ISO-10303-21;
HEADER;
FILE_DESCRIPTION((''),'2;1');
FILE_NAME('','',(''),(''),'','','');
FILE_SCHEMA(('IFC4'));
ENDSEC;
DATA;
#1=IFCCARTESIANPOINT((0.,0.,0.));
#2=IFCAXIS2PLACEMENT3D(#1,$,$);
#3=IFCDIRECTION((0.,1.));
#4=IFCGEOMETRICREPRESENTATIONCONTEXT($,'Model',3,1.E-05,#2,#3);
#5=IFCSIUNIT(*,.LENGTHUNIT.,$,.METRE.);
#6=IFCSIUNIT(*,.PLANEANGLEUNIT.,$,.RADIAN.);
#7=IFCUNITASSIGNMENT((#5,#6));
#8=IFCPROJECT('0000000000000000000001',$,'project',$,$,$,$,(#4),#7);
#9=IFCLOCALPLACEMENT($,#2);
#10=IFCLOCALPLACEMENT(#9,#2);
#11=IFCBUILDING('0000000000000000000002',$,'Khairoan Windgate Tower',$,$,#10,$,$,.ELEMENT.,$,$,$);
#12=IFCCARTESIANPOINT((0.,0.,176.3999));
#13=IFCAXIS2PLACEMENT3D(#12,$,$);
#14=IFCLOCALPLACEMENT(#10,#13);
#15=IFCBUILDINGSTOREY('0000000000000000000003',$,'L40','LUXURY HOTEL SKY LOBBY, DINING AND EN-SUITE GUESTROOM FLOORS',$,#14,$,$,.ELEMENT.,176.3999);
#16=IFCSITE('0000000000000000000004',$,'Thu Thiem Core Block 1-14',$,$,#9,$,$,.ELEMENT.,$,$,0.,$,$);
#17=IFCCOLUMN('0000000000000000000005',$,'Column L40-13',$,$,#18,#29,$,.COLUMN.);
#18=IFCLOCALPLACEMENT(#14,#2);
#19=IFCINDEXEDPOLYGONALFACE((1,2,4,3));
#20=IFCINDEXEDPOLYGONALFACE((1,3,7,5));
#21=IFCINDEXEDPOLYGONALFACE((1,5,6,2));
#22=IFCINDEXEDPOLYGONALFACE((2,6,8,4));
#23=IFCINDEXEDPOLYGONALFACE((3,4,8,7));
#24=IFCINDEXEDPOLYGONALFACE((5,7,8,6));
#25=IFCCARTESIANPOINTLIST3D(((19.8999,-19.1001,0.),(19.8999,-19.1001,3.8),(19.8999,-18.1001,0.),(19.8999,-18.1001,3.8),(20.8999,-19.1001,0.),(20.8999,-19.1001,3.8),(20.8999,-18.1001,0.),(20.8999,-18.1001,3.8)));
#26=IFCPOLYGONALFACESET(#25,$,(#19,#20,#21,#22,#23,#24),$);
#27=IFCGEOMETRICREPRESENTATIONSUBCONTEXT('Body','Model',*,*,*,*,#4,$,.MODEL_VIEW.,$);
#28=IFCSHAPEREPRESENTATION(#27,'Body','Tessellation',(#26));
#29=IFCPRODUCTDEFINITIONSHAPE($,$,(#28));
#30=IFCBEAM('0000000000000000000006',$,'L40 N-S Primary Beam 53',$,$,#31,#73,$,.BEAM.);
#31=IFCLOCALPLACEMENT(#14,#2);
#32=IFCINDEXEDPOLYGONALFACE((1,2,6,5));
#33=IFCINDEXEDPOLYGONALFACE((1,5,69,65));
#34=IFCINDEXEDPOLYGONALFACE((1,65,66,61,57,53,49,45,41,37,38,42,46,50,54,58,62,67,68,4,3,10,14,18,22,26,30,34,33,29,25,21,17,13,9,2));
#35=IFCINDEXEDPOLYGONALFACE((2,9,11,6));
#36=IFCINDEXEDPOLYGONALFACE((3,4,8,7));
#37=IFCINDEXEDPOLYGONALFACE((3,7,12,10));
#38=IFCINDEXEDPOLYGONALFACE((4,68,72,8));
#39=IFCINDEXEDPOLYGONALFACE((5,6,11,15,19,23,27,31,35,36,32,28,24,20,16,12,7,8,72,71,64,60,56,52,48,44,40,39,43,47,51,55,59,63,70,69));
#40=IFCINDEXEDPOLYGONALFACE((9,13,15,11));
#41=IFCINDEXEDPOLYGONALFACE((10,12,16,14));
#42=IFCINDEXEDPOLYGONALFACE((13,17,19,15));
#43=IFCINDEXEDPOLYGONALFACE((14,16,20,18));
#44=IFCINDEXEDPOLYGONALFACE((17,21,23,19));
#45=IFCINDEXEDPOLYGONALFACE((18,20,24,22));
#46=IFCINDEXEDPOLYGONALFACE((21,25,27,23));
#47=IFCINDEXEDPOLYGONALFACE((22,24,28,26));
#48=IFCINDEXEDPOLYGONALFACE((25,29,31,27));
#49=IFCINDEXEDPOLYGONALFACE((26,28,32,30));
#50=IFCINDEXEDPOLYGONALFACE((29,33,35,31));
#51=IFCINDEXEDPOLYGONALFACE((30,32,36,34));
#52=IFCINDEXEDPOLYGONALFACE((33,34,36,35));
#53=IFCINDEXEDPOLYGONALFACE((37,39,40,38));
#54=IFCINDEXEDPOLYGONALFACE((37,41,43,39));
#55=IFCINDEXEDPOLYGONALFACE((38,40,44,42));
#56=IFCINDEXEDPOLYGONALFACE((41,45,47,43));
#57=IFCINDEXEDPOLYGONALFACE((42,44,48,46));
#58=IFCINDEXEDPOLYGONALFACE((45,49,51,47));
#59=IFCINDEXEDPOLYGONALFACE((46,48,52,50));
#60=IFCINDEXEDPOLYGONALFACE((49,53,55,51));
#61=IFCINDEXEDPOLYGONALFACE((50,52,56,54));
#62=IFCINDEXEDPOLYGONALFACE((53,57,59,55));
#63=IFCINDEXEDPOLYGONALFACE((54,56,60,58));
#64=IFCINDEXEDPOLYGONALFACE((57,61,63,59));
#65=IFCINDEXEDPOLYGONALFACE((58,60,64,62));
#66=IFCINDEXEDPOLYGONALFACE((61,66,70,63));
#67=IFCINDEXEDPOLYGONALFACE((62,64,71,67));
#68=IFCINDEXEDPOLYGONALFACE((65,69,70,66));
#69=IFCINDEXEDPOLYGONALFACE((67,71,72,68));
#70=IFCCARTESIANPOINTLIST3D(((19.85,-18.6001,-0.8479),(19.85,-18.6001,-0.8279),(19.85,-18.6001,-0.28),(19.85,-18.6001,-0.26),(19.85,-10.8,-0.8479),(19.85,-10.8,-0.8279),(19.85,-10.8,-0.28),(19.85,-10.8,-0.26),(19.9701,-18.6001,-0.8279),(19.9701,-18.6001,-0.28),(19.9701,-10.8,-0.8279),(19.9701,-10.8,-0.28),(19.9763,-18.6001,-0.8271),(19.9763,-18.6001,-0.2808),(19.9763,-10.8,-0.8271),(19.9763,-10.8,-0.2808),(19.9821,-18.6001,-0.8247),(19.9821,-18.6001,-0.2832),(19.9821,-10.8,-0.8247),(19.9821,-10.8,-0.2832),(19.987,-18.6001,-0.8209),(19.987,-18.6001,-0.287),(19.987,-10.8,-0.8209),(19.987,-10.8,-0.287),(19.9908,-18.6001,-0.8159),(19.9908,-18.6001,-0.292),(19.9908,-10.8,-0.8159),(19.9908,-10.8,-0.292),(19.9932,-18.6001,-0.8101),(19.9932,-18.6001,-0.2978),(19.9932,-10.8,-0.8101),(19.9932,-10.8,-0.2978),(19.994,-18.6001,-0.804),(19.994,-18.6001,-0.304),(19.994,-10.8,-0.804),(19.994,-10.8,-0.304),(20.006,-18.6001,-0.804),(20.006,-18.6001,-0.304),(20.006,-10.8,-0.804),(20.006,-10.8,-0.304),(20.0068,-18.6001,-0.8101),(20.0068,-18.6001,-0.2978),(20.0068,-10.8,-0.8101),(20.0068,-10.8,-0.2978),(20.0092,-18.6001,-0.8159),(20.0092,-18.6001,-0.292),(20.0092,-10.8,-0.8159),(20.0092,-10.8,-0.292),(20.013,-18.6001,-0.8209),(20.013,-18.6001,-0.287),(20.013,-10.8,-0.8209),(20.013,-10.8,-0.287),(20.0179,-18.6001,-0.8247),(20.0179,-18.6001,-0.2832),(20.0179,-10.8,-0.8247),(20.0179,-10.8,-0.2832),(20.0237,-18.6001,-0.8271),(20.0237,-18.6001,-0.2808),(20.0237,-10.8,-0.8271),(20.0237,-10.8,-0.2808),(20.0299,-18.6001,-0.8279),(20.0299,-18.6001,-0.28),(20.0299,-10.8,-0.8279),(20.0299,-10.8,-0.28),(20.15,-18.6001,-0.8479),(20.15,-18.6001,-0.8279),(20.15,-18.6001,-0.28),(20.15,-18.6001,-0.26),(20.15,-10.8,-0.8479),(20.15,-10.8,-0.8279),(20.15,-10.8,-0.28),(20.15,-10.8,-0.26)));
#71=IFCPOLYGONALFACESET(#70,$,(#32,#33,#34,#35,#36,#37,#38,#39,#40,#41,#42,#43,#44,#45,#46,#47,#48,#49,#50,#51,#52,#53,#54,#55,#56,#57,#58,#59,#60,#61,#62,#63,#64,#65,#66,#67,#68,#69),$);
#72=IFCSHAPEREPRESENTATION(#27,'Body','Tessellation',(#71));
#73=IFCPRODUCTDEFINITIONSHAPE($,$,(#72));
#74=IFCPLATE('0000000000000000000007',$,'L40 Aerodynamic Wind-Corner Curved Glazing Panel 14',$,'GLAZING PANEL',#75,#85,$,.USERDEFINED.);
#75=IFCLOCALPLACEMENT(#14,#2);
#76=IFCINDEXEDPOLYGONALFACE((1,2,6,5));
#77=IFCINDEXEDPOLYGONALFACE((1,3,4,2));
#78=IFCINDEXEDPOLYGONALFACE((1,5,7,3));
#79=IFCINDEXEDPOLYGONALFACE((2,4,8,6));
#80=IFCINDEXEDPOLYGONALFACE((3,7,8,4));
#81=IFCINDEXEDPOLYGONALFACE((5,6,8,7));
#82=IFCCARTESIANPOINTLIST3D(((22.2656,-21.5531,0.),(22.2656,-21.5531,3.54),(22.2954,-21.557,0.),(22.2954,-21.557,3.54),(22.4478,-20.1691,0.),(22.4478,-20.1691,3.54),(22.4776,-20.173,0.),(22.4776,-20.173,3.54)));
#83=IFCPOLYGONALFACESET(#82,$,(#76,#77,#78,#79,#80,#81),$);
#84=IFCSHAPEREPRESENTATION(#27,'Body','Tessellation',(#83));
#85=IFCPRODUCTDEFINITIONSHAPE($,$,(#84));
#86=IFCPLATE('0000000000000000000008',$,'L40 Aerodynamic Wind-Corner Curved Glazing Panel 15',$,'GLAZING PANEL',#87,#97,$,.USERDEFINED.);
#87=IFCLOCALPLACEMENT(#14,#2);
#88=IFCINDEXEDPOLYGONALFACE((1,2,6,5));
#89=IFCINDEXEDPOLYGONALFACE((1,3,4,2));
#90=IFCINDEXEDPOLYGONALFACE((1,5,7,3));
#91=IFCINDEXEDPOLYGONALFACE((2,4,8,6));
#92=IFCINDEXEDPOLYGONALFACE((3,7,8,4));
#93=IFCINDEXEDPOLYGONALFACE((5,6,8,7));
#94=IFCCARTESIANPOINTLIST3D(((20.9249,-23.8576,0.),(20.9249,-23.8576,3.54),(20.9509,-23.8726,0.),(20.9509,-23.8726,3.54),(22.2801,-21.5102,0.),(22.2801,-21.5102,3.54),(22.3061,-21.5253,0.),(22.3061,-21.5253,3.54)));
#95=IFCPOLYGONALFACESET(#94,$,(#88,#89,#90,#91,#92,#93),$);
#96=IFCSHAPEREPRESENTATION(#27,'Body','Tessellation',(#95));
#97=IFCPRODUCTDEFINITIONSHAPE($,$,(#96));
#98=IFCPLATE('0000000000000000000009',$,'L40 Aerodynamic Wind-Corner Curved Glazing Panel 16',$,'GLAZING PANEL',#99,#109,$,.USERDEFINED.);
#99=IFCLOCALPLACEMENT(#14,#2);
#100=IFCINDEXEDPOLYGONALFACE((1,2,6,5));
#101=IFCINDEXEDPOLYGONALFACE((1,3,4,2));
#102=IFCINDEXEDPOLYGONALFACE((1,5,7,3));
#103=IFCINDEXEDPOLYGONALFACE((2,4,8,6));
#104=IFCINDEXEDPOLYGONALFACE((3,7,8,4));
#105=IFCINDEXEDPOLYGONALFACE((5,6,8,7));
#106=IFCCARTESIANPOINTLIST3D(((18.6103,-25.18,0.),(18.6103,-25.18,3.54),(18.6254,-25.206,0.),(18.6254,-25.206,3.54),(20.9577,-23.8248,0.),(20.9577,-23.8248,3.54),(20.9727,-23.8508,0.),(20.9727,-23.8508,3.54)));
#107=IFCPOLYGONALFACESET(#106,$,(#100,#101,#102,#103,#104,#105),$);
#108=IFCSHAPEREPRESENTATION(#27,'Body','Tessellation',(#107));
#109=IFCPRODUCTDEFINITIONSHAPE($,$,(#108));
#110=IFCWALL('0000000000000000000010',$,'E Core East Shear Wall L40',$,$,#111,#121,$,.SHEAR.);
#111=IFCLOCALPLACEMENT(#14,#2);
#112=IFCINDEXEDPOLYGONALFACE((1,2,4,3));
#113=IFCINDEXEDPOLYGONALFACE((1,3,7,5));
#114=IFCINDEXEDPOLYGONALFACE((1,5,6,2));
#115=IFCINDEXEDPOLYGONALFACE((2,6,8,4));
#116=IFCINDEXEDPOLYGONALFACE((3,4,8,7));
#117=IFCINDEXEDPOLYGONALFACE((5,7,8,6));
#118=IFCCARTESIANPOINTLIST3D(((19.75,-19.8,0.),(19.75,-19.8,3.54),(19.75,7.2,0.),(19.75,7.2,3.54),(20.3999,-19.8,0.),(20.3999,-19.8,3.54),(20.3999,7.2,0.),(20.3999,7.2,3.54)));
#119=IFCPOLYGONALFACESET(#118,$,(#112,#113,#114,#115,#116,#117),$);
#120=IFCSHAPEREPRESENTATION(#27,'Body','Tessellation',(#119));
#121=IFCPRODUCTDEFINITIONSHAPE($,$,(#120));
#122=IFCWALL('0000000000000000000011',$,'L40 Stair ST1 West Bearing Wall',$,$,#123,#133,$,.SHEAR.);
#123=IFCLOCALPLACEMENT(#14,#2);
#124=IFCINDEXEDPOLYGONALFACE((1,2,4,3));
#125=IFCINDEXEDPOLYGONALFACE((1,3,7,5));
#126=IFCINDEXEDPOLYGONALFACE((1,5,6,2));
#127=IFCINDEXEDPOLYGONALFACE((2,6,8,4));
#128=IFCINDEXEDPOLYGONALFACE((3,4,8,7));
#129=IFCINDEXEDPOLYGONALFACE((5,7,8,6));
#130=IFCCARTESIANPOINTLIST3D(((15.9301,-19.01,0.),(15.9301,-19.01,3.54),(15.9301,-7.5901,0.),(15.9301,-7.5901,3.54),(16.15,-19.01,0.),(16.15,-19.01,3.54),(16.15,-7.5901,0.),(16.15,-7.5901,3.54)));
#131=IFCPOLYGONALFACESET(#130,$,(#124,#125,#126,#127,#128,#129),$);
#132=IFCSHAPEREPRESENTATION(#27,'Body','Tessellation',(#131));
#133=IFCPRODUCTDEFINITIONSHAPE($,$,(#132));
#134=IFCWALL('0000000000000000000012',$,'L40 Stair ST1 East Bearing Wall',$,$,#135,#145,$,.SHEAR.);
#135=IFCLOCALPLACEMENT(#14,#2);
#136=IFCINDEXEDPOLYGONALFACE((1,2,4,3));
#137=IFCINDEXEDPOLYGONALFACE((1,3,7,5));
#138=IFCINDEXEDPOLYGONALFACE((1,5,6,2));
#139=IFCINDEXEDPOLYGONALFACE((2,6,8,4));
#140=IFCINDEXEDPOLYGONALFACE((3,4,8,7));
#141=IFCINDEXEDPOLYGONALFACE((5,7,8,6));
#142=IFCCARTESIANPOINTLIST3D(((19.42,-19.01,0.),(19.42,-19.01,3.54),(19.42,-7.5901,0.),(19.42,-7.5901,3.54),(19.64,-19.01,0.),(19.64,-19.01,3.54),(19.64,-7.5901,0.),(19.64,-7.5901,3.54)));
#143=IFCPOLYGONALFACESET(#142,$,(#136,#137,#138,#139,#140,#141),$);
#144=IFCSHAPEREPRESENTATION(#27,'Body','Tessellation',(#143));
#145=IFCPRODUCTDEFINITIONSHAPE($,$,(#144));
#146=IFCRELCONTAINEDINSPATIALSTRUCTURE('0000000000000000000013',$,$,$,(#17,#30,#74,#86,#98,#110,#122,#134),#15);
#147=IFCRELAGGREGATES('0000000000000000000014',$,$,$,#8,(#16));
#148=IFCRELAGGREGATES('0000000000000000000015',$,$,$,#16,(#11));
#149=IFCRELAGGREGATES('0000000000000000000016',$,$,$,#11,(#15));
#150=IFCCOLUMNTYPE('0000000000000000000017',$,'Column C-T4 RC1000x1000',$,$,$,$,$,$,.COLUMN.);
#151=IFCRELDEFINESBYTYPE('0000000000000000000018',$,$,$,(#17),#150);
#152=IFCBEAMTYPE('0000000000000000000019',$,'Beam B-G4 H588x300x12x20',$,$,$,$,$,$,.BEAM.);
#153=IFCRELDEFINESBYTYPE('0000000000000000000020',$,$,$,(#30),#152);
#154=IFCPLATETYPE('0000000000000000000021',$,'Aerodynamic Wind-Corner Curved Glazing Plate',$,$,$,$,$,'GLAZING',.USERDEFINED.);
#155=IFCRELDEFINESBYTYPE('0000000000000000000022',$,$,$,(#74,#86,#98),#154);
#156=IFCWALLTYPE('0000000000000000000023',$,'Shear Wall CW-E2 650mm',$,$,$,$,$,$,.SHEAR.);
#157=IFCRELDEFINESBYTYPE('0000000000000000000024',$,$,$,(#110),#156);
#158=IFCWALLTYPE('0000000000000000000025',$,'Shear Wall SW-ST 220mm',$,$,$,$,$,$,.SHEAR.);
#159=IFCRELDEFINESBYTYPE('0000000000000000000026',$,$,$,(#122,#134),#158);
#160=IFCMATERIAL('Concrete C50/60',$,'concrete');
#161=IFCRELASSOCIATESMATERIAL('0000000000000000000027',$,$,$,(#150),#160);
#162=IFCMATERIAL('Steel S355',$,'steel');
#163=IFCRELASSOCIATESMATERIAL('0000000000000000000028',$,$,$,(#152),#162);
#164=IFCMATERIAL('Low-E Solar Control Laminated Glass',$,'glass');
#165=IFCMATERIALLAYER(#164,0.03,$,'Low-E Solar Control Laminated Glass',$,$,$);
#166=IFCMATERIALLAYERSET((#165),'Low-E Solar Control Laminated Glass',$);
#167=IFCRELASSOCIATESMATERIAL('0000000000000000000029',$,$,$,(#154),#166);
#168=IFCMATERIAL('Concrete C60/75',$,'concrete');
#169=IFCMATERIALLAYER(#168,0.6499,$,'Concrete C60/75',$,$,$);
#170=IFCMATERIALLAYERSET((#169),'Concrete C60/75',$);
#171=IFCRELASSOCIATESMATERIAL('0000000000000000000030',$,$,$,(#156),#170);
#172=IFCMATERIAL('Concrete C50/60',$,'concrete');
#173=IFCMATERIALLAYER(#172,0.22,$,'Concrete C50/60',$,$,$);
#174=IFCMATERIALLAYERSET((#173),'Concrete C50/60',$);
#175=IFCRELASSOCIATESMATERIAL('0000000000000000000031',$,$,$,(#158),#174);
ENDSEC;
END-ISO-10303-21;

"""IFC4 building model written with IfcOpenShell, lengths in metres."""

from ifc_helpers import new_model, si_unit, direction, frame, frame_2d, origin, origin_2d, place, context, subcontext, project, spatial, rectangle, i_section, extrude, material, layer, layer_set, material_profile, profile_set, type_object, element, save


model = new_model("IFC4")

# Units and contexts
model_context = context("Model", 3, precision=1e-05, world=origin(), true_north=direction((0.0, 1.0)))
body_context = subcontext(model_context, "Body", "Model", "MODEL_VIEW")
ifc_project = project(units=[si_unit("LENGTHUNIT", "METRE"), si_unit("PLANEANGLEUNIT", "RADIAN")], contexts=[model_context])

# Site, building, storey
site_placement = place(None, origin())
site = spatial("IfcSite", under=ifc_project, at=site_placement, Name="Thu Thiem Core Block 1-14", CompositionType="ELEMENT", RefElevation=0.0)
building_placement = place(site_placement, origin())
building = spatial("IfcBuilding", under=site, at=building_placement, Name="Khairoan Windgate Tower", CompositionType="ELEMENT")
storey_placement = place(building_placement, frame((0.0, 0.0, 176.3999)))
storey = spatial("IfcBuildingStorey", under=building, at=storey_placement, Name="L40", Description="LUXURY HOTEL SKY LOBBY, DINING AND EN-SUITE GUESTROOM FLOORS", CompositionType="ELEMENT", Elevation=176.3999)

# Column
ifc_material_1 = material(Name="Concrete C50/60", Category="concrete")
ifc_material_profile_1 = material_profile(ifc_material_1, rectangle(XDim=1.0, YDim=1.0, at=origin_2d()))
ifc_profile_set_1 = profile_set([ifc_material_profile_1], Name="Concrete C50/60")
column_type = type_object("IfcColumnType", Name="Column C-T4 RC1000x1000", PredefinedType="COLUMN", material=ifc_profile_set_1)
column_placement = place(storey_placement, frame((20.3999, -18.6001, 0.0), z_axis=(0.0, 0.0, 1.0), x_axis=(1.0, 0.0, 0.0)))
element("IfcColumn", 1, at=column_placement, inside=storey, type_object=column_type, Name="Column L40-13", PredefinedType="COLUMN", context=body_context, shape_type="SweptSolid", body=[
    extrude(rectangle(XDim=1.0, YDim=1.0, at=origin_2d()), origin(), (0.0, 0.0, 1.0), 3.8),
])

# Beam
ifc_material_2 = material(Name="Steel S355", Category="steel")
ifc_material_profile_2 = material_profile(ifc_material_2, i_section(OverallWidth=0.3, OverallDepth=0.5879, WebThickness=0.012, FlangeThickness=0.02, FilletRadius=0.0239, at=origin_2d()))
ifc_profile_set_2 = profile_set([ifc_material_profile_2], Name="Steel S355")
beam_type = type_object("IfcBeamType", Name="Beam B-G4 H588x300x12x20", PredefinedType="BEAM", material=ifc_profile_set_2)
beam_placement = place(storey_placement, frame((20.0, -18.6001, -0.554), z_axis=(0.0, 1.0, 0.0), x_axis=(-1.0, 0.0, 0.0)))
element("IfcBeam", 2, at=beam_placement, inside=storey, type_object=beam_type, Name="L40 N-S Primary Beam 53", PredefinedType="BEAM", context=body_context, shape_type="SweptSolid", body=[
    extrude(i_section(OverallWidth=0.3, OverallDepth=0.5879, WebThickness=0.012, FlangeThickness=0.02, FilletRadius=0.0239, at=origin_2d()), origin(), (0.0, 0.0, 1.0), 7.8),
])

# Plates
ifc_material_3 = material(Name="Low-E Solar Control Laminated Glass", Category="glass")
ifc_layer_1 = layer(ifc_material_3, 0.03, Name="Low-E Solar Control Laminated Glass")
ifc_layer_set_1 = layer_set([ifc_layer_1], Name="Low-E Solar Control Laminated Glass")
plate_type_1 = type_object("IfcPlateType", Name="Aerodynamic Wind-Corner Curved Glazing Plate", ElementType="GLAZING", PredefinedType="USERDEFINED", material=ifc_layer_set_1)
plate_1_placement = place(storey_placement, frame((22.3716, -20.863, 0.0), z_axis=(0.0, 0.0, 1.0), x_axis=(-0.130526, -0.991445, 0.0)))
element("IfcPlate", 3, at=plate_1_placement, inside=storey, type_object=plate_type_1, Name="L40 Aerodynamic Wind-Corner Curved Glazing Panel 14", ObjectType="GLAZING PANEL", PredefinedType="USERDEFINED", context=body_context, shape_type="SweptSolid", body=[
    extrude(rectangle(XDim=1.396, YDim=0.03, at=origin_2d()), origin(), (0.0, 0.0, 1.0), 3.54),
])
for number, where, z_axis, x_axis, name in (
    (4, (21.6155, -22.6914, 0.0), (0.0, 0.0, 1.0), (-0.5, -0.866025, 0.0), "L40 Aerodynamic Wind-Corner Curved Glazing Panel 15"),
    (5, (19.7915, -24.5154, 0.0), (0.0, 0.0, 1.0), (-0.866025, -0.5, 0.0), "L40 Aerodynamic Wind-Corner Curved Glazing Panel 16"),
):
    element("IfcPlate", number, at=place(storey_placement, frame(where, z_axis=z_axis, x_axis=x_axis)), inside=storey, type_object=plate_type_1, Name=name, ObjectType="GLAZING PANEL", PredefinedType="USERDEFINED", context=body_context, shape_type="SweptSolid", body=[
        extrude(rectangle(XDim=2.7104, YDim=0.03, at=origin_2d()), origin(), (0.0, 0.0, 1.0), 3.54),
    ])

# Walls
ifc_material_4 = material(Name="Concrete C60/75", Category="concrete")
ifc_layer_2 = layer(ifc_material_4, 0.6499, Name="Concrete C60/75")
ifc_layer_set_2 = layer_set([ifc_layer_2], Name="Concrete C60/75")
wall_type_1 = type_object("IfcWallType", Name="Shear Wall CW-E2 650mm", PredefinedType="SHEAR", material=ifc_layer_set_2)
wall_placement = place(storey_placement, frame((20.075, -19.8, 0.0), z_axis=(0.0, 0.0, 1.0), x_axis=(0.0, 1.0, 0.0)))
element("IfcWall", 6, at=wall_placement, inside=storey, type_object=wall_type_1, Name="E Core East Shear Wall L40", PredefinedType="SHEAR", context=body_context, shape_type="SweptSolid", body=[
    extrude(rectangle(XDim=27.0, YDim=0.6499, at=frame_2d((13.5, 0.0))), origin(), (0.0, 0.0, 1.0), 3.54),
])
ifc_material_5 = material(Name="Concrete C50/60", Category="concrete")
ifc_layer_3 = layer(ifc_material_5, 0.22, Name="Concrete C50/60")
ifc_layer_set_3 = layer_set([ifc_layer_3], Name="Concrete C50/60")
wall_type_2 = type_object("IfcWallType", Name="Shear Wall SW-ST 220mm", PredefinedType="SHEAR", material=ifc_layer_set_3)
for number, where, z_axis, x_axis, name in (
    (7, (16.04, -19.01, 0.0), (0.0, 0.0, 1.0), (0.0, 1.0, 0.0), "L40 Stair ST1 West Bearing Wall"),
    (8, (19.53, -19.01, 0.0), (0.0, 0.0, 1.0), (0.0, 1.0, 0.0), "L40 Stair ST1 East Bearing Wall"),
):
    element("IfcWall", number, at=place(storey_placement, frame(where, z_axis=z_axis, x_axis=x_axis)), inside=storey, type_object=wall_type_2, Name=name, PredefinedType="SHEAR", context=body_context, shape_type="SweptSolid", body=[
        extrude(rectangle(XDim=11.4199, YDim=0.22, at=frame_2d((5.71, 0.0))), origin(), (0.0, 0.0, 1.0), 3.54),
    ])

save(model, "model.ifc")
